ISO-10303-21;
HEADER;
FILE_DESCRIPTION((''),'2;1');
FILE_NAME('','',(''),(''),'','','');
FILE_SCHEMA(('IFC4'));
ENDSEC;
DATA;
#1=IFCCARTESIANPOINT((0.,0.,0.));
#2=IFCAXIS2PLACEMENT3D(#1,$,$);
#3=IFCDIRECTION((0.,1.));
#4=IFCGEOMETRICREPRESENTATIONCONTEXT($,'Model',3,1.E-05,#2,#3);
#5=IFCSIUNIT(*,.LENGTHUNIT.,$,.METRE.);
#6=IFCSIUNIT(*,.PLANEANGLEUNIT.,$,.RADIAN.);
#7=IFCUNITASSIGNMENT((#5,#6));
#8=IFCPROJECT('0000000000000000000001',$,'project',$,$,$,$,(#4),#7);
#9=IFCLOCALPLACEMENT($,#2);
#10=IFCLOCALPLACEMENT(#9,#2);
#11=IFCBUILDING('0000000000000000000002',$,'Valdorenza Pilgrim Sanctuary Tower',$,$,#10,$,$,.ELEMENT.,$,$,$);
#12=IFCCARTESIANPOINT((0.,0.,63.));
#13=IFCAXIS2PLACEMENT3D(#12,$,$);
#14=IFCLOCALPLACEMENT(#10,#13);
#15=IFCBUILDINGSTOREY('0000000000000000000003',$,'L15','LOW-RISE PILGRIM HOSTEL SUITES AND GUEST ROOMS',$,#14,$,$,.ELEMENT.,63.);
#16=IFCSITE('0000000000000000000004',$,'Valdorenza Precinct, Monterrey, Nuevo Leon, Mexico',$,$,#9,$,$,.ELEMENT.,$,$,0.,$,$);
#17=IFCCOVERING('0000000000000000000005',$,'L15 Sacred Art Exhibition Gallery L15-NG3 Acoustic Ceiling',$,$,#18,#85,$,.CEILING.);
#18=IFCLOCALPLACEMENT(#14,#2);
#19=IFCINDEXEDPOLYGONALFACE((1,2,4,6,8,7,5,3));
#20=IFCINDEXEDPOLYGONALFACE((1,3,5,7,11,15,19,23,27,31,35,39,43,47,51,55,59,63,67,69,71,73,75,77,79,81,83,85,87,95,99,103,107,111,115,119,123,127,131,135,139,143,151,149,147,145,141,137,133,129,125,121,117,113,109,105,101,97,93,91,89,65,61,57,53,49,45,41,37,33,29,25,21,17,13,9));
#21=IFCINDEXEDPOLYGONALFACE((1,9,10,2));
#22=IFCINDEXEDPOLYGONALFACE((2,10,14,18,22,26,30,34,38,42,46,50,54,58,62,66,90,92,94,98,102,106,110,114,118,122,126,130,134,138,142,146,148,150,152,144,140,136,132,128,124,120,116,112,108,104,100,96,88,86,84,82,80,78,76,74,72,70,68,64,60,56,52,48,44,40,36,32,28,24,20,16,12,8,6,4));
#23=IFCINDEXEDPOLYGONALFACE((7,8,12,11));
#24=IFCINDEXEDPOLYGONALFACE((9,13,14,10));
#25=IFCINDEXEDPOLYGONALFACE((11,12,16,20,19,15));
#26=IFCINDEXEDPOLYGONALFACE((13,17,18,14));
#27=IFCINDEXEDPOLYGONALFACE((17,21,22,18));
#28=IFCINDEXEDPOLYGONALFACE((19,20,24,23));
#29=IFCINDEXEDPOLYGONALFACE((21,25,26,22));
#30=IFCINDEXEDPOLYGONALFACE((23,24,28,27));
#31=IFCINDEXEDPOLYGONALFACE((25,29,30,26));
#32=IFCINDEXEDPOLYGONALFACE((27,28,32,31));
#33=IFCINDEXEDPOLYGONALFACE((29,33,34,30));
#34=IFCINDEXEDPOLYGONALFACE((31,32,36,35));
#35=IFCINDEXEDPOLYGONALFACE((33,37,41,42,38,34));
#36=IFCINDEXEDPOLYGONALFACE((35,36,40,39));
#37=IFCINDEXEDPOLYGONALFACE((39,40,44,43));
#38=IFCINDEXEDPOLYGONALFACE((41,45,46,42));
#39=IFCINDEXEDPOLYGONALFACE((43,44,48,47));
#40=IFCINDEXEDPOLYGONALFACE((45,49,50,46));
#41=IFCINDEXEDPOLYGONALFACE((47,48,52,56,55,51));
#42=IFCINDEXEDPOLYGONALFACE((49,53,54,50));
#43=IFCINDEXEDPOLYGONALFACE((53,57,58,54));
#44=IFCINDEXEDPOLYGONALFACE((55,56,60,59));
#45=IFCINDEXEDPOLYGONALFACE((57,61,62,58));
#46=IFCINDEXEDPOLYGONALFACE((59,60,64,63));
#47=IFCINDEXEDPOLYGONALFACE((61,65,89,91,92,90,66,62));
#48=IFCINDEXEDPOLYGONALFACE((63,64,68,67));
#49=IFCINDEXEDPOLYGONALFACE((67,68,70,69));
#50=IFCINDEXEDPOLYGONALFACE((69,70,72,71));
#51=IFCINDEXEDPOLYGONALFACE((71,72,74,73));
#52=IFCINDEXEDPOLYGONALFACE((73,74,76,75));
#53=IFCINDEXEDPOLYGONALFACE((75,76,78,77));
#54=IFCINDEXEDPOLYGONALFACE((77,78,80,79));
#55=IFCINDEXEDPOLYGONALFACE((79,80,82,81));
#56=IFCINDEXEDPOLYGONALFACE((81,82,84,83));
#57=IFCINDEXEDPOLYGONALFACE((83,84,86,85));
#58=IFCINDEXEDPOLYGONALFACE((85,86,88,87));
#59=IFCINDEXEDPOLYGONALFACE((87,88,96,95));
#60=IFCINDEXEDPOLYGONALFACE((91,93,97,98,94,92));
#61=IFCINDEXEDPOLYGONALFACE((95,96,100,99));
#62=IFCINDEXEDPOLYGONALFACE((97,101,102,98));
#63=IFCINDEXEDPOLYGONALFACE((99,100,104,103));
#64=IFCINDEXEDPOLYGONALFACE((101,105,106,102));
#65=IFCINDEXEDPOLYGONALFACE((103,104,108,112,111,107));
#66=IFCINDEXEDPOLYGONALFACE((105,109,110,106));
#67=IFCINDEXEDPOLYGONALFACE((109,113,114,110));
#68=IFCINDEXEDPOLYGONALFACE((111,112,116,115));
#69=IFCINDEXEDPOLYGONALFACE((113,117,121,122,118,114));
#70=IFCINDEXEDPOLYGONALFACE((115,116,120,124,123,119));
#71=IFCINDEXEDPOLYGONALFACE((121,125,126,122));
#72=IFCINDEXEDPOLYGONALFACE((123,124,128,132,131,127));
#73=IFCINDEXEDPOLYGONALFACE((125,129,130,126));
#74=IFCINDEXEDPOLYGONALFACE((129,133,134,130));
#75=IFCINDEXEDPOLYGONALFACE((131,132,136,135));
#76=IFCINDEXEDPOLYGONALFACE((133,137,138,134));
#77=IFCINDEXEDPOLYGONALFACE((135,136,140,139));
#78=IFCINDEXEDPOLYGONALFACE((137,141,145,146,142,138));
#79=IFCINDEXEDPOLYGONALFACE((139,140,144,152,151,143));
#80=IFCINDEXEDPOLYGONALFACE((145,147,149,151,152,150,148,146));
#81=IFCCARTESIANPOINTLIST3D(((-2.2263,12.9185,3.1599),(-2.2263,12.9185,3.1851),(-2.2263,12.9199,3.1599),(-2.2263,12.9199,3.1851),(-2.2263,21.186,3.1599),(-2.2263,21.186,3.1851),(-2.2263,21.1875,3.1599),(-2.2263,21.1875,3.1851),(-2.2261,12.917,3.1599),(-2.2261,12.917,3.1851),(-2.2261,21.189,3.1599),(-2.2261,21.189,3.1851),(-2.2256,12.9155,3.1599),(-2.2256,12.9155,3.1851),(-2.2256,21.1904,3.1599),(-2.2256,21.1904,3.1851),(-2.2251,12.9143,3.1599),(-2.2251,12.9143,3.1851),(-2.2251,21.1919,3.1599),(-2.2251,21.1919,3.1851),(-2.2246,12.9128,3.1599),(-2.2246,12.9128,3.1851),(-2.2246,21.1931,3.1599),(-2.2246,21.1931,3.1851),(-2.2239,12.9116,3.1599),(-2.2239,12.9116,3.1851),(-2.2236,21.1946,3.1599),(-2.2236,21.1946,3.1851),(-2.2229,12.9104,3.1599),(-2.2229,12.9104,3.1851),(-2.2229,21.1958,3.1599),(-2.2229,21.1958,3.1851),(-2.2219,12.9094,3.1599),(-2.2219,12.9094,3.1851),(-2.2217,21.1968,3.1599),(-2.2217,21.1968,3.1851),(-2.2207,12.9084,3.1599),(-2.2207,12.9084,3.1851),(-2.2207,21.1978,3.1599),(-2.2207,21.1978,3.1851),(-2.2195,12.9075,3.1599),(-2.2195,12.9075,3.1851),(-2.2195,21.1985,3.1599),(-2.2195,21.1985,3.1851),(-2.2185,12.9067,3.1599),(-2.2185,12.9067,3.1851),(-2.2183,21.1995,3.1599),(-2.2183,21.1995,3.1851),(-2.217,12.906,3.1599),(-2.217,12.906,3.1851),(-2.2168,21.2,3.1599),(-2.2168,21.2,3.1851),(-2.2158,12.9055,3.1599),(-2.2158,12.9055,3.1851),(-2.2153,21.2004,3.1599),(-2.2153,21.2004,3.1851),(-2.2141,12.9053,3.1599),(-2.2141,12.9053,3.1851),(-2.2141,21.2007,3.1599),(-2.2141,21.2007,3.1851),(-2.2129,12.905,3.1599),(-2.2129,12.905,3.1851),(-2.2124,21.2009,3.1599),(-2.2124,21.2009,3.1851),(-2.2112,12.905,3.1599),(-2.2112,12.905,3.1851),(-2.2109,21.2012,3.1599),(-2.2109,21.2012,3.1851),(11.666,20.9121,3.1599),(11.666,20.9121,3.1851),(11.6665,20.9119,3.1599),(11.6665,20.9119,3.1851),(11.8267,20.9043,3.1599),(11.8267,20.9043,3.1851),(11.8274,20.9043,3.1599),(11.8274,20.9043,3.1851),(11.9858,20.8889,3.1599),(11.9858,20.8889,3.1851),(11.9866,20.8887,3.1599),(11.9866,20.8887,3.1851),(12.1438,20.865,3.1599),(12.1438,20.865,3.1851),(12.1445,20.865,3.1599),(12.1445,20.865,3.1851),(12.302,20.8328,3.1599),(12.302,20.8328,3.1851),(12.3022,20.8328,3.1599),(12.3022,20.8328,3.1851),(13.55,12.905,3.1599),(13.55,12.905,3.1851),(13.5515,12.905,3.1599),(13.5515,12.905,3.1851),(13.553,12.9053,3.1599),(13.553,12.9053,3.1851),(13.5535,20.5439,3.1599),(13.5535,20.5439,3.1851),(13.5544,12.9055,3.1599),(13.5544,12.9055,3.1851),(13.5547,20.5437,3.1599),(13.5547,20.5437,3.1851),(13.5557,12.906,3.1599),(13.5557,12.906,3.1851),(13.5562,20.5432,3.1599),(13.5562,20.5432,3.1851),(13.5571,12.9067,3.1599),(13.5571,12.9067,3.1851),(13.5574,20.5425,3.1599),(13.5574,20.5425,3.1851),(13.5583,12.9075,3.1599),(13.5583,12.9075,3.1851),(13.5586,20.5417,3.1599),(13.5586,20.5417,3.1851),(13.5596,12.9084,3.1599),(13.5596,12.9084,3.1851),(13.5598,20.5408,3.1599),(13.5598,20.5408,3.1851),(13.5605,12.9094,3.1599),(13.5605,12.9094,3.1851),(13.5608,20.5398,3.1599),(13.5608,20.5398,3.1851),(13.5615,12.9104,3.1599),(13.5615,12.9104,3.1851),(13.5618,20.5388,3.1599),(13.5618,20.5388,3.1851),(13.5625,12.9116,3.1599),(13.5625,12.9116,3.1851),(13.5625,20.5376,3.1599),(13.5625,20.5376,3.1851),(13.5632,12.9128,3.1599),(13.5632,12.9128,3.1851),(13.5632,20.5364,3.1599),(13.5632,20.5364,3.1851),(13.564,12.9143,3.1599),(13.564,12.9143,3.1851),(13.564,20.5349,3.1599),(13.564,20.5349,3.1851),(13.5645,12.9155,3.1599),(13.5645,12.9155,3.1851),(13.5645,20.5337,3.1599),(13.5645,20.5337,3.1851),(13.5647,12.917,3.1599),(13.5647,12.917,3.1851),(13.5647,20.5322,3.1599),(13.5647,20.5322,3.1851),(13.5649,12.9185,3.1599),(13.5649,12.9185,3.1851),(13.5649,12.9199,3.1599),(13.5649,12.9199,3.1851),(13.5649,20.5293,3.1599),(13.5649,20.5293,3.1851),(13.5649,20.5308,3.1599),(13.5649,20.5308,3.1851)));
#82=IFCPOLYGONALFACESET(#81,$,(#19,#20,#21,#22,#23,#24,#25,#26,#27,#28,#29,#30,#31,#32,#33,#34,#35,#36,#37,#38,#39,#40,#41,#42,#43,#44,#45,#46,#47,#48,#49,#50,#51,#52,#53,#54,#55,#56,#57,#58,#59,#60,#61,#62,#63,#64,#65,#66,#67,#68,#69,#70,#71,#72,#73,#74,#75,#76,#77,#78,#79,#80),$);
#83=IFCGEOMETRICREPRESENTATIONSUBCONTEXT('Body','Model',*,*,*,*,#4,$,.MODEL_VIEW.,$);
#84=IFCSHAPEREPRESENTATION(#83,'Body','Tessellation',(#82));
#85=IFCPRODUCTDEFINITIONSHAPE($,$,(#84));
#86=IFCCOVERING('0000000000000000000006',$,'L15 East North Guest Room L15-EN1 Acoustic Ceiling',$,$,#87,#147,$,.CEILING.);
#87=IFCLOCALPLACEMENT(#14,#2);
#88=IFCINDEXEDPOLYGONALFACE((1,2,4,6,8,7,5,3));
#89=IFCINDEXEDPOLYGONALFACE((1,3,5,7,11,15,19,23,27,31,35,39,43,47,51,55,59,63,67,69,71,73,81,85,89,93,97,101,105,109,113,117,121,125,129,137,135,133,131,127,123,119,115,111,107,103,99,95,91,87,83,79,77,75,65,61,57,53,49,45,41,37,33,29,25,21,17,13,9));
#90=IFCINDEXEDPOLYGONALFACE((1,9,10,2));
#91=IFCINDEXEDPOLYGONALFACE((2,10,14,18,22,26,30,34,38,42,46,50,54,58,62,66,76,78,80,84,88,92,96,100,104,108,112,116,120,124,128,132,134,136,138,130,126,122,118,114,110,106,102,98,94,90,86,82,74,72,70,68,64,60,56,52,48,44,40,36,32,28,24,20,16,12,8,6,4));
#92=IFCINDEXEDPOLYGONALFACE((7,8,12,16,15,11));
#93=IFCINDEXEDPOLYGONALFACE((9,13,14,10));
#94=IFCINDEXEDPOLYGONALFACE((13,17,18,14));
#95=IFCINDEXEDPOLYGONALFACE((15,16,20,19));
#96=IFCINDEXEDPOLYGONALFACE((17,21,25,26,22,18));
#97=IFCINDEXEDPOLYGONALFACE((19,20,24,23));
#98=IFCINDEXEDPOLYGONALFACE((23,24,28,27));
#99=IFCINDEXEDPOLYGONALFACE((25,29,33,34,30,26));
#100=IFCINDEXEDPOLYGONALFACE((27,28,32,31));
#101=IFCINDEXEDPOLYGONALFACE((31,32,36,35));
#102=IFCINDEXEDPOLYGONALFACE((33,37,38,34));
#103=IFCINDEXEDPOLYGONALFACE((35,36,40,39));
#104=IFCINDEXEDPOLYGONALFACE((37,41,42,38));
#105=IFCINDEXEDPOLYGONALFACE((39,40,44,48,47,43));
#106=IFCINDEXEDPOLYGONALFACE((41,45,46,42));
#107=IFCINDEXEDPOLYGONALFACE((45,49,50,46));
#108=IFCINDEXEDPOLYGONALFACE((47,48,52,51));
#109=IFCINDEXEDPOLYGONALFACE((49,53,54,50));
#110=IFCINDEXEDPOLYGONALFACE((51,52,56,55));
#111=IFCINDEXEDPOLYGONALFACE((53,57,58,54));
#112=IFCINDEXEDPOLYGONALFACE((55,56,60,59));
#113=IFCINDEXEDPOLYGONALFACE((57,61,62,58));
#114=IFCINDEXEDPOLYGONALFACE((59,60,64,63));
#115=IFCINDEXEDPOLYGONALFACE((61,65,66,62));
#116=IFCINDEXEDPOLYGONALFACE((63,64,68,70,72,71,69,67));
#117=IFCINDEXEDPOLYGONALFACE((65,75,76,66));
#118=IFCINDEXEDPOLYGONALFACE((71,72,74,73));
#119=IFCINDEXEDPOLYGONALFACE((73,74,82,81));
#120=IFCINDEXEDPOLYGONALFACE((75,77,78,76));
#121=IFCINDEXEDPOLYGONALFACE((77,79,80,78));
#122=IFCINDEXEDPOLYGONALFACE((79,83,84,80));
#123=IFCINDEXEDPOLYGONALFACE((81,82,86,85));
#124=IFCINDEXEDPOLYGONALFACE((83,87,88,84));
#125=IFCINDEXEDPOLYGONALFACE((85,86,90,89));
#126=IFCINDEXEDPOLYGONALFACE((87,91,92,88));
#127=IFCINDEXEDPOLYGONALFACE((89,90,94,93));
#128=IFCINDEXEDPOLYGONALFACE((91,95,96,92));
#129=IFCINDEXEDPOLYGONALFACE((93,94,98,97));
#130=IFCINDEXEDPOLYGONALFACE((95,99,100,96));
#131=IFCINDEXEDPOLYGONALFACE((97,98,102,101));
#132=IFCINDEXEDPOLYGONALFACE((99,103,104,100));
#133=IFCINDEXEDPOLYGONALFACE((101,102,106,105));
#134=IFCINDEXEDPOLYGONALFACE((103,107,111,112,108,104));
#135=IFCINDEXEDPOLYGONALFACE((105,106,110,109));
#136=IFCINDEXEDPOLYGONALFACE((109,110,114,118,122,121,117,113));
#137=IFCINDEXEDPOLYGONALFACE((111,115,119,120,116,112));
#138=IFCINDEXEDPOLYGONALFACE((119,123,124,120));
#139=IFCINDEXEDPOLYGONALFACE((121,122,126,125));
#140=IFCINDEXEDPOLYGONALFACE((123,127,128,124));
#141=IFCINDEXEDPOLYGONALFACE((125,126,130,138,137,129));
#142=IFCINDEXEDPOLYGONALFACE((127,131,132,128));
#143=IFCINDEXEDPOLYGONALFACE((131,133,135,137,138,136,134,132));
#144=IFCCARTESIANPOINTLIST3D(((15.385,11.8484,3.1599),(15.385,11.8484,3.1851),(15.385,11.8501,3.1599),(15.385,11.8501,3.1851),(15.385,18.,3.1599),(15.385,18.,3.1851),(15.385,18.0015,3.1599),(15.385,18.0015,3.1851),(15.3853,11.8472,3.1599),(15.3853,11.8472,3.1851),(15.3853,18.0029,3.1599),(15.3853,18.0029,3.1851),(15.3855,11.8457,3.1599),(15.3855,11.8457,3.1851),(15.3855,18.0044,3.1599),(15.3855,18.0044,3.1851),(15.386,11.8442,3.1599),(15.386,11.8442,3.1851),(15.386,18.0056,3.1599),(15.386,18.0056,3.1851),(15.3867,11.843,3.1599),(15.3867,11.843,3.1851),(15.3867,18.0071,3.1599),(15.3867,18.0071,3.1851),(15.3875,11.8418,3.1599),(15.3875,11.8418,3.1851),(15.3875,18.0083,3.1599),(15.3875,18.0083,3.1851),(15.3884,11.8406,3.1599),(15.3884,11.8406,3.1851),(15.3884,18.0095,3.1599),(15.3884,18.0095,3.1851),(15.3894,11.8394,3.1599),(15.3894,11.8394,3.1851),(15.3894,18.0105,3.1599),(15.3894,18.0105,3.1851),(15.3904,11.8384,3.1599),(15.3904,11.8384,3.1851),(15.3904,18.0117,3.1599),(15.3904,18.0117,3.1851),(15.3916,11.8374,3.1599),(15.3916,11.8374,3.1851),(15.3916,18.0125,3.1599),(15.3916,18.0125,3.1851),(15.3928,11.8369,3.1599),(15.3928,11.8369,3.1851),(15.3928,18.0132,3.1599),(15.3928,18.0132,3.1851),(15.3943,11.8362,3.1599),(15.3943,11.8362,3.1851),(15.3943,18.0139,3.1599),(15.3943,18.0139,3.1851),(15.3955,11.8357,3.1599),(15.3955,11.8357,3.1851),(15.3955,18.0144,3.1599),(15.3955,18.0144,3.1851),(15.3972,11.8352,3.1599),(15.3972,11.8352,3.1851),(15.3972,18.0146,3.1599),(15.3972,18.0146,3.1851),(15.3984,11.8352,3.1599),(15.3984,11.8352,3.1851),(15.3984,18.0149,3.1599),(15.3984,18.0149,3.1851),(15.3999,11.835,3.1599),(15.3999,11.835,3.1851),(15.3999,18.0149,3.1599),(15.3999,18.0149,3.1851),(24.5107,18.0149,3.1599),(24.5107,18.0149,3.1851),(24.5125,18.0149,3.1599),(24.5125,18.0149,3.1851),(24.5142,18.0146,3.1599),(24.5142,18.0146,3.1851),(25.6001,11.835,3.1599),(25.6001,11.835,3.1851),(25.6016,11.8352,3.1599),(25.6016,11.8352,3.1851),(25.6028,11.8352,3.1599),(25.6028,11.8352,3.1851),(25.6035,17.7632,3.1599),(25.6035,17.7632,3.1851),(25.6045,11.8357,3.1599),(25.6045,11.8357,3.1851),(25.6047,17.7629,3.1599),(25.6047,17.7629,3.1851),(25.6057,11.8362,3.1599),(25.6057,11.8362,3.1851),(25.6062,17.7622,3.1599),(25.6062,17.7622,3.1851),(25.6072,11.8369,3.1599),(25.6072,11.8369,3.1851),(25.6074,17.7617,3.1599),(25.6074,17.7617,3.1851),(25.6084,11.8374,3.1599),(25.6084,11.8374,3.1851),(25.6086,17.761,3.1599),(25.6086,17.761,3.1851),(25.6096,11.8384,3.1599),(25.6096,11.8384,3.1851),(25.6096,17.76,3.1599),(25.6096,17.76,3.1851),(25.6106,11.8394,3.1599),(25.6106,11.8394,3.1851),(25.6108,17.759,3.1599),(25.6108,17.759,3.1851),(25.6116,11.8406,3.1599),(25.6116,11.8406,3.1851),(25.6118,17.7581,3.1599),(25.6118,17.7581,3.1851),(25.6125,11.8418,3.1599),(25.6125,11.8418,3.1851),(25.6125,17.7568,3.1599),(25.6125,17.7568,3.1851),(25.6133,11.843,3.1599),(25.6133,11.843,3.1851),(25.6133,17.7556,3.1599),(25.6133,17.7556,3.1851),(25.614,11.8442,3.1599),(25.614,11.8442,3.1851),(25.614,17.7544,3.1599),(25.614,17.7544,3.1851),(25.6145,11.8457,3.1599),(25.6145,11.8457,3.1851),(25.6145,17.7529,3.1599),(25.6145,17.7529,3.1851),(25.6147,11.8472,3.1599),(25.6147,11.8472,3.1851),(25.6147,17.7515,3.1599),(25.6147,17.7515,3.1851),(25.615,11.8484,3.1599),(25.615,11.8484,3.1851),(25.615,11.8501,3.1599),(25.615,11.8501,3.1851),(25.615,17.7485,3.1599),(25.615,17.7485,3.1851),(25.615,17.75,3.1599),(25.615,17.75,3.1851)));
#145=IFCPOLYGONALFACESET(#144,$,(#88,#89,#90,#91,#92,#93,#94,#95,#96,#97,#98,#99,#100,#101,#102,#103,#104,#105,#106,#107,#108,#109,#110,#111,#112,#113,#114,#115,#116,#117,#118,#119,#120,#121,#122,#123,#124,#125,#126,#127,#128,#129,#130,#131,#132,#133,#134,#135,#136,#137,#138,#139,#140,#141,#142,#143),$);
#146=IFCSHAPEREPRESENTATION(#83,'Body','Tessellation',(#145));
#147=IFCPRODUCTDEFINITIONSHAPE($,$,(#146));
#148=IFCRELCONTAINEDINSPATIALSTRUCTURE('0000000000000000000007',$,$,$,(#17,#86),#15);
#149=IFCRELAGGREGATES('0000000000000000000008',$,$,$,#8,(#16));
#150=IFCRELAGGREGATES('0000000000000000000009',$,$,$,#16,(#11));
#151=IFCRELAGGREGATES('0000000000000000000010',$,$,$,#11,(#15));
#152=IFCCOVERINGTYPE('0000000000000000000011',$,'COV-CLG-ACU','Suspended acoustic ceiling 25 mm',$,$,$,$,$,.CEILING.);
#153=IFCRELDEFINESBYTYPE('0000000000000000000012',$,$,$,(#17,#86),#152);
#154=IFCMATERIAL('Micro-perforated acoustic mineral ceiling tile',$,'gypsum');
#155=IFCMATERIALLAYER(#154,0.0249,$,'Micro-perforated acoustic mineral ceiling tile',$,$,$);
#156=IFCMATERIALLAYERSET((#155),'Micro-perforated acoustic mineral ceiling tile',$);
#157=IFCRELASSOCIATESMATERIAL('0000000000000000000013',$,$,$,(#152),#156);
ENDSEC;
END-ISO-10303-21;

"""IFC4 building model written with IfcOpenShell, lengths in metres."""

from ifc_helpers import new_model, si_unit, direction, frame, origin, place, context, subcontext, project, spatial, polyline, outline, extrude, material, layer, layer_set, type_object, element, save


model = new_model("IFC4")

# Units and contexts
model_context = context("Model", 3, precision=1e-05, world=origin(), true_north=direction((0.0, 1.0)))
body_context = subcontext(model_context, "Body", "Model", "MODEL_VIEW")
ifc_project = project(units=[si_unit("LENGTHUNIT", "METRE"), si_unit("PLANEANGLEUNIT", "RADIAN")], contexts=[model_context])

# Site, building, storey
site_placement = place(None, origin())
site = spatial("IfcSite", under=ifc_project, at=site_placement, Name="Valdorenza Precinct, Monterrey, Nuevo Leon, Mexico", CompositionType="ELEMENT", RefElevation=0.0)
building_placement = place(site_placement, origin())
building = spatial("IfcBuilding", under=site, at=building_placement, Name="Valdorenza Pilgrim Sanctuary Tower", CompositionType="ELEMENT")
storey_placement = place(building_placement, frame((0.0, 0.0, 63.0)))
storey = spatial("IfcBuildingStorey", under=building, at=storey_placement, Name="L15", Description="LOW-RISE PILGRIM HOSTEL SUITES AND GUEST ROOMS", CompositionType="ELEMENT", Elevation=63.0)

# Coverings
ifc_material_1 = material(Name="Micro-perforated acoustic mineral ceiling tile", Category="gypsum")
ifc_layer_1 = layer(ifc_material_1, 0.0249, Name="Micro-perforated acoustic mineral ceiling tile")
ifc_layer_set_1 = layer_set([ifc_layer_1], Name="Micro-perforated acoustic mineral ceiling tile")
covering_type_1 = type_object("IfcCoveringType", Name="COV-CLG-ACU", Description="Suspended acoustic ceiling 25 mm", PredefinedType="CEILING", material=ifc_layer_set_1)
covering_1_placement = place(storey_placement, frame((0.0, 0.0, 3.1599)))
element("IfcCovering", 1, at=covering_1_placement, inside=storey, type_object=covering_type_1, Name="L15 Sacred Art Exhibition Gallery L15-NG3 Acoustic Ceiling", PredefinedType="CEILING", context=body_context, shape_type="SweptSolid", body=[
    extrude(outline(polyline([(-2.2112, 12.905), (-2.2129, 12.905), (-2.2141, 12.9053), (-2.2158, 12.9055), (-2.217, 12.906), (-2.2185, 12.9067), (-2.2195, 12.9075), (-2.2207, 12.9084), (-2.2219, 12.9094), (-2.2229, 12.9104), (-2.2239, 12.9116), (-2.2246, 12.9128), (-2.2251, 12.9143), (-2.2256, 12.9155), (-2.2261, 12.917), (-2.2263, 12.9185), (-2.2263, 12.9199), (-2.2263, 21.186), (-2.2263, 21.1875), (-2.2261, 21.189), (-2.2256, 21.1904), (-2.2251, 21.1919), (-2.2246, 21.1931), (-2.2236, 21.1946), (-2.2229, 21.1958), (-2.2217, 21.1968), (-2.2207, 21.1978), (-2.2195, 21.1985), (-2.2183, 21.1995), (-2.2168, 21.2), (-2.2153, 21.2004), (-2.2141, 21.2007), (-2.2124, 21.2009), (-2.2109, 21.2012), (11.666, 20.9121), (11.6665, 20.9119), (11.8267, 20.9043), (11.8274, 20.9043), (11.9858, 20.8889), (11.9866, 20.8887), (12.1438, 20.865), (12.1445, 20.865), (12.302, 20.8328), (12.3022, 20.8328), (13.5535, 20.5439), (13.5547, 20.5437), (13.5562, 20.5432), (13.5574, 20.5425), (13.5586, 20.5417), (13.5598, 20.5408), (13.5608, 20.5398), (13.5618, 20.5388), (13.5625, 20.5376), (13.5632, 20.5364), (13.564, 20.5349), (13.5645, 20.5337), (13.5647, 20.5322), (13.5649, 20.5308), (13.5649, 20.5293), (13.5649, 12.9199), (13.5649, 12.9185), (13.5647, 12.917), (13.5645, 12.9155), (13.564, 12.9143), (13.5632, 12.9128), (13.5625, 12.9116), (13.5615, 12.9104), (13.5605, 12.9094), (13.5596, 12.9084), (13.5583, 12.9075), (13.5571, 12.9067), (13.5557, 12.906), (13.5544, 12.9055), (13.553, 12.9053), (13.5515, 12.905), (13.55, 12.905), (-2.2112, 12.905)])), origin(), (0.0, 0.0, 1.0), 0.0251),
])
covering_2_placement = place(storey_placement, frame((0.0, 0.0, 3.1599)))
element("IfcCovering", 2, at=covering_2_placement, inside=storey, type_object=covering_type_1, Name="L15 East North Guest Room L15-EN1 Acoustic Ceiling", PredefinedType="CEILING", context=body_context, shape_type="SweptSolid", body=[
    extrude(outline(polyline([(24.5107, 18.0149), (24.5125, 18.0149), (24.5142, 18.0146), (25.6035, 17.7632), (25.6047, 17.7629), (25.6062, 17.7622), (25.6074, 17.7617), (25.6086, 17.761), (25.6096, 17.76), (25.6108, 17.759), (25.6118, 17.7581), (25.6125, 17.7568), (25.6133, 17.7556), (25.614, 17.7544), (25.6145, 17.7529), (25.6147, 17.7515), (25.615, 17.75), (25.615, 17.7485), (25.615, 11.8501), (25.615, 11.8484), (25.6147, 11.8472), (25.6145, 11.8457), (25.614, 11.8442), (25.6133, 11.843), (25.6125, 11.8418), (25.6116, 11.8406), (25.6106, 11.8394), (25.6096, 11.8384), (25.6084, 11.8374), (25.6072, 11.8369), (25.6057, 11.8362), (25.6045, 11.8357), (25.6028, 11.8352), (25.6016, 11.8352), (25.6001, 11.835), (15.3999, 11.835), (15.3984, 11.8352), (15.3972, 11.8352), (15.3955, 11.8357), (15.3943, 11.8362), (15.3928, 11.8369), (15.3916, 11.8374), (15.3904, 11.8384), (15.3894, 11.8394), (15.3884, 11.8406), (15.3875, 11.8418), (15.3867, 11.843), (15.386, 11.8442), (15.3855, 11.8457), (15.3853, 11.8472), (15.385, 11.8484), (15.385, 11.8501), (15.385, 18.0), (15.385, 18.0015), (15.3853, 18.0029), (15.3855, 18.0044), (15.386, 18.0056), (15.3867, 18.0071), (15.3875, 18.0083), (15.3884, 18.0095), (15.3894, 18.0105), (15.3904, 18.0117), (15.3916, 18.0125), (15.3928, 18.0132), (15.3943, 18.0139), (15.3955, 18.0144), (15.3972, 18.0146), (15.3984, 18.0149), (15.3999, 18.0149), (24.5107, 18.0149)])), origin(), (0.0, 0.0, 1.0), 0.0251),
])

save(model, "model.ifc")
